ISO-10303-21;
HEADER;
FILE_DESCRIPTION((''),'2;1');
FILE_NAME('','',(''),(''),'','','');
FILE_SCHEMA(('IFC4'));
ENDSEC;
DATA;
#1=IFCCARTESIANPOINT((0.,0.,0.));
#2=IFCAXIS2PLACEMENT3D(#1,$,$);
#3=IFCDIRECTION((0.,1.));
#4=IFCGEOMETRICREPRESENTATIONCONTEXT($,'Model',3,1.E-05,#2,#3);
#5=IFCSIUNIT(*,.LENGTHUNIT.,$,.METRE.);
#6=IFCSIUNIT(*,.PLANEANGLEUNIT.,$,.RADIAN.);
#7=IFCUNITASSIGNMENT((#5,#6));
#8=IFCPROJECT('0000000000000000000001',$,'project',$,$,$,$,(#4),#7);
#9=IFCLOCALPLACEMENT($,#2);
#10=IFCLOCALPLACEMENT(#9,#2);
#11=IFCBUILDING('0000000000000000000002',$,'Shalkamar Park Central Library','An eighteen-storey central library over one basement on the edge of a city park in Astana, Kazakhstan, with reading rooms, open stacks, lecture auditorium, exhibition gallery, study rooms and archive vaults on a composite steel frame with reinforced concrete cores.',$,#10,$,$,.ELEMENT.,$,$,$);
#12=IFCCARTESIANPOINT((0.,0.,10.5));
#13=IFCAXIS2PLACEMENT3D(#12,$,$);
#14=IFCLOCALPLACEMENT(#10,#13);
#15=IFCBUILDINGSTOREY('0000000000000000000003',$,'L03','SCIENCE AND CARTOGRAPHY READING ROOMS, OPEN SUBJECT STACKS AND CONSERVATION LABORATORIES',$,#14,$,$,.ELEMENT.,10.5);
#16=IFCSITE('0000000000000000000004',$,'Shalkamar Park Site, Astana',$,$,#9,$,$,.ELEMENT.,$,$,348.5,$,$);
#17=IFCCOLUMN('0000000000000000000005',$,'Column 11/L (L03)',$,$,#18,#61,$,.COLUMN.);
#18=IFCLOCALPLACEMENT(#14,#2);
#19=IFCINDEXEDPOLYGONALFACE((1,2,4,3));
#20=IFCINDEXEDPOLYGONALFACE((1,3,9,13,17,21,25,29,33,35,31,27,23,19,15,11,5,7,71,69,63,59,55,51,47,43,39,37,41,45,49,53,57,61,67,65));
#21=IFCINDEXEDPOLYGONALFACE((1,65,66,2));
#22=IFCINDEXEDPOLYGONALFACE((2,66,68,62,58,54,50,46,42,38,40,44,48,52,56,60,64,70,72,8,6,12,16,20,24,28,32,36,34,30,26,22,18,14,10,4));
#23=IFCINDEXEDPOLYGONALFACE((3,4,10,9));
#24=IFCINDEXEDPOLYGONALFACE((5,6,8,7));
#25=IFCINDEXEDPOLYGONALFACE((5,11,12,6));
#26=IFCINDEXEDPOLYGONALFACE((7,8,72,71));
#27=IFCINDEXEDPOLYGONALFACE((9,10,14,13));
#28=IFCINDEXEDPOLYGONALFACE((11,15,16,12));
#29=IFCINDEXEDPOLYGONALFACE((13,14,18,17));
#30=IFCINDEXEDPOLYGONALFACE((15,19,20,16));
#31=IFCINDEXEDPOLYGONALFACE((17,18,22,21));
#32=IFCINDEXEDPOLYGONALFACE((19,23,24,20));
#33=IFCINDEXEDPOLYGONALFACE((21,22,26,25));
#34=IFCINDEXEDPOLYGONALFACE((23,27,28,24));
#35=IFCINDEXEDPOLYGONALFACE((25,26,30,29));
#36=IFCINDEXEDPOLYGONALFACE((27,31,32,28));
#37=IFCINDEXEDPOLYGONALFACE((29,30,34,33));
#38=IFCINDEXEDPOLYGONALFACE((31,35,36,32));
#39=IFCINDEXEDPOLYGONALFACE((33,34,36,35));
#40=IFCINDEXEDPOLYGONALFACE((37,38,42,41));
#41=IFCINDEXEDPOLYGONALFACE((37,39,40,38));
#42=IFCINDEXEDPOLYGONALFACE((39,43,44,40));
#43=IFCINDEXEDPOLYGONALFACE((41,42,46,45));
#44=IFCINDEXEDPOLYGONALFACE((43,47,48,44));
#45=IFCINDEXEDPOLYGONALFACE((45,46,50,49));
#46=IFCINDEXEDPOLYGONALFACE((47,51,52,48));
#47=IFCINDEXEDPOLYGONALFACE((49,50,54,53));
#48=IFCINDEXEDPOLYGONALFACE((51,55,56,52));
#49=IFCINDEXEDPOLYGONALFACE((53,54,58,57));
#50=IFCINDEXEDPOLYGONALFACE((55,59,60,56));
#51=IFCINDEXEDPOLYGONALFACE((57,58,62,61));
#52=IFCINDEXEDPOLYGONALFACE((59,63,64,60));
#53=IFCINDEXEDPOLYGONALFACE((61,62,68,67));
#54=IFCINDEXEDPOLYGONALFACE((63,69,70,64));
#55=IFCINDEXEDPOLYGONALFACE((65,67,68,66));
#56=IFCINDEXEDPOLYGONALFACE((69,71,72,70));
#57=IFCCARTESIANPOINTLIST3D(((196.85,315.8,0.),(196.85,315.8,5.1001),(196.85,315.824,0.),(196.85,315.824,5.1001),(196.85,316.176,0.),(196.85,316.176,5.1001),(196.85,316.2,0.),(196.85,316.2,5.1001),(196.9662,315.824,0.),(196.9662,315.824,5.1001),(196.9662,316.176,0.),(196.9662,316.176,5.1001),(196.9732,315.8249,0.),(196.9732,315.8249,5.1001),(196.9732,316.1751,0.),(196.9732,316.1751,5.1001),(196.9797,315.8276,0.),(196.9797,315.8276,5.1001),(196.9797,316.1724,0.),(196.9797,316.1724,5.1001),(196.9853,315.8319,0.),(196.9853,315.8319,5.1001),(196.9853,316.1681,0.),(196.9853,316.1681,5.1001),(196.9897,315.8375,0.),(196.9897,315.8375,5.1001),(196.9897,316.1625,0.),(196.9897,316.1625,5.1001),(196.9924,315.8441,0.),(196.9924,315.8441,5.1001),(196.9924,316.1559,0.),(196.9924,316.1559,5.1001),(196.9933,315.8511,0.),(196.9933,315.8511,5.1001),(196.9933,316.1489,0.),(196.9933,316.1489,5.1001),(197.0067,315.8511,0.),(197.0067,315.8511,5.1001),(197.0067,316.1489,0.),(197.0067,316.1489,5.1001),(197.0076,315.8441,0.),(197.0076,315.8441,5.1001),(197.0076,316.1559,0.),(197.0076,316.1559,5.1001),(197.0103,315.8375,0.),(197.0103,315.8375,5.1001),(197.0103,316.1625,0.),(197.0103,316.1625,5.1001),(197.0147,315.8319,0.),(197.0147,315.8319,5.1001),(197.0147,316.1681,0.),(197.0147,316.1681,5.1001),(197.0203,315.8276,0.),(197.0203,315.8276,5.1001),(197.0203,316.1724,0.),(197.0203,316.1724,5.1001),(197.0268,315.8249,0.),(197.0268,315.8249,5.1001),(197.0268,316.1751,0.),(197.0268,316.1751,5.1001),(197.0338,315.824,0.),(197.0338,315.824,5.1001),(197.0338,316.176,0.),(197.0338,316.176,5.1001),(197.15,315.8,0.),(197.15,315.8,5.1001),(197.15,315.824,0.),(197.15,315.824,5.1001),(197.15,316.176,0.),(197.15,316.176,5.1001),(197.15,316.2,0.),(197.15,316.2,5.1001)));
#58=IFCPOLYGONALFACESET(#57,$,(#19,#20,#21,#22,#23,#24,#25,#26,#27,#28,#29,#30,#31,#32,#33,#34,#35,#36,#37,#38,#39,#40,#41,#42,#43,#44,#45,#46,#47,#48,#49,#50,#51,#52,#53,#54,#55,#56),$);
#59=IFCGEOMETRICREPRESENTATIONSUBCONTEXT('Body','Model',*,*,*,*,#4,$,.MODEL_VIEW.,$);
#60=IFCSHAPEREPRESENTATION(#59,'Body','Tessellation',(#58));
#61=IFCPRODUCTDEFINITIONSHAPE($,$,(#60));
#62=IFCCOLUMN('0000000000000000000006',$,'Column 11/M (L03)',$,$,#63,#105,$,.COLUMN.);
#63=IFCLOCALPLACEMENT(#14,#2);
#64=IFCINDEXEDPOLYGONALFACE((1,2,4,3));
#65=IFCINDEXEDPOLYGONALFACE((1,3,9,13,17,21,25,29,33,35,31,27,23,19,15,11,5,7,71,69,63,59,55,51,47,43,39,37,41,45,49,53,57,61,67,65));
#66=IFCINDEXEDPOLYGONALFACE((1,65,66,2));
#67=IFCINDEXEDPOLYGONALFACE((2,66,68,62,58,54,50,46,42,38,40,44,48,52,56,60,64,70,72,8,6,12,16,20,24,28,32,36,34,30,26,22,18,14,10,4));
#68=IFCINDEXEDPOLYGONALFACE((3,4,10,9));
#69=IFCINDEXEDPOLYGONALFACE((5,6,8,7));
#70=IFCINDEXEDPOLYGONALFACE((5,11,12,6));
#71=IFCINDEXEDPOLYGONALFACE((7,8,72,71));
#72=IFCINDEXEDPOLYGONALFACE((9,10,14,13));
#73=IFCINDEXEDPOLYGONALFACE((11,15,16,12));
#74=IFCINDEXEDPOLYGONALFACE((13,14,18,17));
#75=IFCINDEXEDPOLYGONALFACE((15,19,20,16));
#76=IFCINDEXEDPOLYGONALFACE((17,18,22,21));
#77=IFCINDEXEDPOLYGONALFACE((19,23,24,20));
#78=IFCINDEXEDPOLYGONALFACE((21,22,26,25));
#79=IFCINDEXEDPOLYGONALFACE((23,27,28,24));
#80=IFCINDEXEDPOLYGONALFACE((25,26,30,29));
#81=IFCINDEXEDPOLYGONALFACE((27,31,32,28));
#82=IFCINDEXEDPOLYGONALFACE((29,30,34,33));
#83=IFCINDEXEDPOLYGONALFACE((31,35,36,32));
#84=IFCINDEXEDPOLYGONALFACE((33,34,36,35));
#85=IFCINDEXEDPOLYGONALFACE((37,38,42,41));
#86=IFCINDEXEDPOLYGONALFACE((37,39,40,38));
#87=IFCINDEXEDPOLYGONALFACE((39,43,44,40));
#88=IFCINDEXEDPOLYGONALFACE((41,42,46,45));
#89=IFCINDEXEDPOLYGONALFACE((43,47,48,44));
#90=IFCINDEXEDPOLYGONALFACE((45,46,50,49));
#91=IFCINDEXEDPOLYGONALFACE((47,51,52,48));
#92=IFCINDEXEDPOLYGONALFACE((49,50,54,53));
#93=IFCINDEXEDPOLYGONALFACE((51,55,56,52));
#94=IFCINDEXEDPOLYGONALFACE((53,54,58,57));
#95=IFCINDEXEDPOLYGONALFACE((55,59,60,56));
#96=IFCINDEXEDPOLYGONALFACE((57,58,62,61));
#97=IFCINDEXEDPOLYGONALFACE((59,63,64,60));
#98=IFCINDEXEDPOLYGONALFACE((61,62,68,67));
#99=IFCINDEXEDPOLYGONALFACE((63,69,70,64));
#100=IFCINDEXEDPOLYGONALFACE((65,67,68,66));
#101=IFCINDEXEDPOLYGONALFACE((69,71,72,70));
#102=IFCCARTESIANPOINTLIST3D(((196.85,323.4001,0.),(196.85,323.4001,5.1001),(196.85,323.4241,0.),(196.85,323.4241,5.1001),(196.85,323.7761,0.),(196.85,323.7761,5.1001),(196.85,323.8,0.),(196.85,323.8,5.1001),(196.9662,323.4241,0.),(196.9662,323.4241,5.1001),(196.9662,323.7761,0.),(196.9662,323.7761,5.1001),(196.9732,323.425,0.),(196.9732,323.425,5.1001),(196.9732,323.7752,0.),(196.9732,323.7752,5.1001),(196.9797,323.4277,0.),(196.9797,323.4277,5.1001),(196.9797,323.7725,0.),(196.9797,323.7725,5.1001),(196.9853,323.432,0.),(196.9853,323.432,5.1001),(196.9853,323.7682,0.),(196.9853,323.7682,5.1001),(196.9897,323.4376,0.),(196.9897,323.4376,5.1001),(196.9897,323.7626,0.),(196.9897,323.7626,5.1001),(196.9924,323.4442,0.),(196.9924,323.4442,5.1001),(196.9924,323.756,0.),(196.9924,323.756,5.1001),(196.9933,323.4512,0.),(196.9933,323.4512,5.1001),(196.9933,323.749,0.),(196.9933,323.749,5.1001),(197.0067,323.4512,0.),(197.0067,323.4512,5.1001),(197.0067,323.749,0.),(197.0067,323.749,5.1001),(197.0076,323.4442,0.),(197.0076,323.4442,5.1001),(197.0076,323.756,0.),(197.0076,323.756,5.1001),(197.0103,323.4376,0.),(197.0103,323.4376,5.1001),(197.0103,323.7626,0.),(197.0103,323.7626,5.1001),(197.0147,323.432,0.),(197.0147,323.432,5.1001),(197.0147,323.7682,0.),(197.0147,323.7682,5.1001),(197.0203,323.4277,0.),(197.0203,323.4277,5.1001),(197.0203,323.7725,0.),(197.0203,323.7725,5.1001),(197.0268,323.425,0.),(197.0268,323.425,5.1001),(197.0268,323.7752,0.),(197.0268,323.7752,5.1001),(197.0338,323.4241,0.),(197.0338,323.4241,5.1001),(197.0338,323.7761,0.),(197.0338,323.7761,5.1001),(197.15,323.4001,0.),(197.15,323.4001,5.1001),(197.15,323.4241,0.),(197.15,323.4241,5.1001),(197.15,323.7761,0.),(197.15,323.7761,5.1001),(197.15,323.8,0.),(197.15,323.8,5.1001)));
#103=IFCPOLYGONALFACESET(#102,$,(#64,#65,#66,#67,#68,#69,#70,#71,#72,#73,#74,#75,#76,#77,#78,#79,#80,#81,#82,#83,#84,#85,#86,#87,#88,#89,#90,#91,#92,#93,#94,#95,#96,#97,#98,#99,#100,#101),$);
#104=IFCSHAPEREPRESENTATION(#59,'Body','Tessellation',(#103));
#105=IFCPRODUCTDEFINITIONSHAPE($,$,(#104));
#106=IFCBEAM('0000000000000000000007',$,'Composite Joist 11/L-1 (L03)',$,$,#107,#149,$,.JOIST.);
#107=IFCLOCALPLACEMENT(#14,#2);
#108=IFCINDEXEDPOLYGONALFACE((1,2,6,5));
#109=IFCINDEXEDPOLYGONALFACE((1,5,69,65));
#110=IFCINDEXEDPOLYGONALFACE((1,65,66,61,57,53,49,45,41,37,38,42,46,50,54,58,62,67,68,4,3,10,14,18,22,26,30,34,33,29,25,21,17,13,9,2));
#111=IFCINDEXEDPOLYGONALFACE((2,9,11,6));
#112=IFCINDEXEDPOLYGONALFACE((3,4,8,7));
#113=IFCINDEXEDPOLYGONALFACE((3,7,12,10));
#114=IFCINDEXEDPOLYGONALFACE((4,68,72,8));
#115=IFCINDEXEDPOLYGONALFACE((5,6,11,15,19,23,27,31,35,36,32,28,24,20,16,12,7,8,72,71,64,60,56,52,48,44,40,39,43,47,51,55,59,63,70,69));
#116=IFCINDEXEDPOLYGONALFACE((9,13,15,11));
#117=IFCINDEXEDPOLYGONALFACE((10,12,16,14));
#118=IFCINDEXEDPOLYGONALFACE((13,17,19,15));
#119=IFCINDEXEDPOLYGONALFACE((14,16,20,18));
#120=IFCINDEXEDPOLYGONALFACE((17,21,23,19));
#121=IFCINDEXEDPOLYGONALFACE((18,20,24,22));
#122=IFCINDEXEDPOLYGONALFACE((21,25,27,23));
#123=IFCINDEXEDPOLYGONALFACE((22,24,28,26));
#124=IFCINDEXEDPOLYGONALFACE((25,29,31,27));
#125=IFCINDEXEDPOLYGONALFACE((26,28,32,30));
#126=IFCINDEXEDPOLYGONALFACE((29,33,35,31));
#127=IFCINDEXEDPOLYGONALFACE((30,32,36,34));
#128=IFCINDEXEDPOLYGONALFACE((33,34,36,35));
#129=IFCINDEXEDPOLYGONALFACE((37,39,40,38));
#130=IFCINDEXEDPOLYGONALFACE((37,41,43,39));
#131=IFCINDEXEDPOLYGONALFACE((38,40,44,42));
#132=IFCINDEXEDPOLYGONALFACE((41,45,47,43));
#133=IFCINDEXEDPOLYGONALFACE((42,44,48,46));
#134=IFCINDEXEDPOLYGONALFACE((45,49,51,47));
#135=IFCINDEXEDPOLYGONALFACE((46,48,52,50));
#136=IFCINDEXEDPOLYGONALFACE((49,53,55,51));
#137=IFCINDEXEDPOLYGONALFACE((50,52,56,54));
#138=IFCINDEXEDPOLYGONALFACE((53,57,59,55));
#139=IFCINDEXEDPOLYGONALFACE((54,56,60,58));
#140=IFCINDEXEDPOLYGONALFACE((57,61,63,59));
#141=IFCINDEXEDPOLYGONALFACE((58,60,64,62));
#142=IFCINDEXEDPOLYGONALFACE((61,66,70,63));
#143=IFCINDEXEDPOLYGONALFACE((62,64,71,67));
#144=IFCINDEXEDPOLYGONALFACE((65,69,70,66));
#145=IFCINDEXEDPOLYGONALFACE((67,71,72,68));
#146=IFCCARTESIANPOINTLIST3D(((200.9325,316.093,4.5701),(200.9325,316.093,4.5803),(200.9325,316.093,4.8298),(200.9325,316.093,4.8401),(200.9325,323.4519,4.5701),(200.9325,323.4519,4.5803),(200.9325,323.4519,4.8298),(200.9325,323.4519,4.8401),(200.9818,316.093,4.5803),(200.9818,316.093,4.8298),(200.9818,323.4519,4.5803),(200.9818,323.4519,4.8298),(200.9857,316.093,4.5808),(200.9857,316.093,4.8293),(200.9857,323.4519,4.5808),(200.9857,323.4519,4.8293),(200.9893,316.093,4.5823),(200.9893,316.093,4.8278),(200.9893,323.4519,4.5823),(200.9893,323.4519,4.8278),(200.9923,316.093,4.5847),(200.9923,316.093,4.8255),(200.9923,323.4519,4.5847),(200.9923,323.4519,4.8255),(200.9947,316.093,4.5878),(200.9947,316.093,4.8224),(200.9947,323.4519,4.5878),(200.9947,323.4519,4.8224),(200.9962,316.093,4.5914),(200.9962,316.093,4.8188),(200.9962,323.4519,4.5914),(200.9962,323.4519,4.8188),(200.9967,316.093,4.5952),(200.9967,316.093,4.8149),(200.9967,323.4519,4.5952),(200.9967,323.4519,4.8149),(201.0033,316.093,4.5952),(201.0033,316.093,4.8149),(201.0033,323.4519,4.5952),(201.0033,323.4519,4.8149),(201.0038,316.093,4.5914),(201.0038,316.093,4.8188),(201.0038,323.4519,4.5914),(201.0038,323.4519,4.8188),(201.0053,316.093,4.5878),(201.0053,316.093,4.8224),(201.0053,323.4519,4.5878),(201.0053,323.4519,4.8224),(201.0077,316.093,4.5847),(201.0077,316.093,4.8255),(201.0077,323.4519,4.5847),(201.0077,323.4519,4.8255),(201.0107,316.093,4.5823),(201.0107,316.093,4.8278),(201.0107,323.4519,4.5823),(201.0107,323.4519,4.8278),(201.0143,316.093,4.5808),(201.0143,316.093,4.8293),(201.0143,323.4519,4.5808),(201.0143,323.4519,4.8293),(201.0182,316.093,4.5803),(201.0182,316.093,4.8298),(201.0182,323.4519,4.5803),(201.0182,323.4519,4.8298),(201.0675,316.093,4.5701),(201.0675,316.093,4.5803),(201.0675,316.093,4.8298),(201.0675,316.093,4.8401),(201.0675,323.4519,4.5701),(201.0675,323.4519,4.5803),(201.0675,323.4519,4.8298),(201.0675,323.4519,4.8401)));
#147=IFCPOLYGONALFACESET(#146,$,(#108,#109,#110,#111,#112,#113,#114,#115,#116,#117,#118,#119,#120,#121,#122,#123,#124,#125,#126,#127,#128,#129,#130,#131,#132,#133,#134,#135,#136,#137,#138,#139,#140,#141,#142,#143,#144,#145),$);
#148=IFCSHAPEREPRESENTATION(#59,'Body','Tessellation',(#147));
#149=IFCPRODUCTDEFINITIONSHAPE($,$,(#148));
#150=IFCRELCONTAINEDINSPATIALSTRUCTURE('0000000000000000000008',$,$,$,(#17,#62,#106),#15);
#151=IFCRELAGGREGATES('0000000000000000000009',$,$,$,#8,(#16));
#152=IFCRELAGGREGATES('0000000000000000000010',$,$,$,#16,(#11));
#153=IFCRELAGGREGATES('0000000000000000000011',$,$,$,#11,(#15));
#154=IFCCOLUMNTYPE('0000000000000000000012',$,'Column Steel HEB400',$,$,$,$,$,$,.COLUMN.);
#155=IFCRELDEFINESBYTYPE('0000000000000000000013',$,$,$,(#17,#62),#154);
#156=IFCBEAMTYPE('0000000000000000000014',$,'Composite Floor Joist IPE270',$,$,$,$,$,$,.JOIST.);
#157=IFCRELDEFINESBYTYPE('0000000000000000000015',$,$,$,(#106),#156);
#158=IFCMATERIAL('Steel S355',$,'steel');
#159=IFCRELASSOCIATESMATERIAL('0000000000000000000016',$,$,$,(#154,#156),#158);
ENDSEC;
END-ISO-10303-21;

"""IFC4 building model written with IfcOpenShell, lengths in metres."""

from ifc_helpers import new_model, si_unit, direction, frame, origin, origin_2d, place, context, subcontext, project, spatial, i_section, extrude, material, material_profile, profile_set, type_object, element, save


model = new_model("IFC4")

# Units and contexts
model_context = context("Model", 3, precision=1e-05, world=origin(), true_north=direction((0.0, 1.0)))
body_context = subcontext(model_context, "Body", "Model", "MODEL_VIEW")
ifc_project = project(units=[si_unit("LENGTHUNIT", "METRE"), si_unit("PLANEANGLEUNIT", "RADIAN")], contexts=[model_context])

# Site, building, storey
site_placement = place(None, origin())
site = spatial("IfcSite", under=ifc_project, at=site_placement, Name="Shalkamar Park Site, Astana", CompositionType="ELEMENT", RefElevation=348.5)
building_placement = place(site_placement, origin())
building = spatial("IfcBuilding", under=site, at=building_placement, Name="Shalkamar Park Central Library", Description="An eighteen-storey central library over one basement on the edge of a city park in Astana, Kazakhstan, with reading rooms, open stacks, lecture auditorium, exhibition gallery, study rooms and archive vaults on a composite steel frame with reinforced concrete cores.", CompositionType="ELEMENT")
storey_placement = place(building_placement, frame((0.0, 0.0, 10.5)))
storey = spatial("IfcBuildingStorey", under=building, at=storey_placement, Name="L03", Description="SCIENCE AND CARTOGRAPHY READING ROOMS, OPEN SUBJECT STACKS AND CONSERVATION LABORATORIES", CompositionType="ELEMENT", Elevation=10.5)

# Columns
ifc_material_1 = material(Name="Steel S355", Category="steel")
ifc_material_profile_1 = material_profile(ifc_material_1, i_section(OverallWidth=0.3, OverallDepth=0.3999, WebThickness=0.0134, FlangeThickness=0.0239, FilletRadius=0.0271, at=origin_2d()), Name="HEB 400")
ifc_profile_set_1 = profile_set([ifc_material_profile_1], Name="Steel S355")
column_type = type_object("IfcColumnType", Name="Column Steel HEB400", PredefinedType="COLUMN", material=ifc_profile_set_1)
for number, where, z_axis, x_axis, name in (
    (1, (197.0, 316.0, 0.0), (0.0, 0.0, 1.0), (1.0, 0.0, 0.0), "Column 11/L (L03)"),
    (2, (197.0, 323.6001, 0.0), (0.0, 0.0, 1.0), (1.0, 0.0, 0.0), "Column 11/M (L03)"),
):
    element("IfcColumn", number, at=place(storey_placement, frame(where, z_axis=z_axis, x_axis=x_axis)), inside=storey, type_object=column_type, Name=name, PredefinedType="COLUMN", context=body_context, shape_type="SweptSolid", body=[
        extrude(i_section(OverallWidth=0.3, OverallDepth=0.3999, WebThickness=0.0134, FlangeThickness=0.0239, FilletRadius=0.0271, at=origin_2d()), origin(), (0.0, 0.0, 1.0), 5.1001),
    ])

# Beam
ifc_material_profile_2 = material_profile(ifc_material_1, i_section(OverallWidth=0.135, OverallDepth=0.27, WebThickness=0.0066, FlangeThickness=0.0103, FilletRadius=0.0149, at=origin_2d()), Name="IPE 270")
ifc_profile_set_2 = profile_set([ifc_material_profile_2], Name="Steel S355")
beam_type_1 = type_object("IfcBeamType", Name="Composite Floor Joist IPE270", PredefinedType="JOIST", material=ifc_profile_set_2)
beam_1_placement = place(storey_placement, frame((201.0, 316.093, 4.7051), z_axis=(0.0, 1.0, 0.0), x_axis=(-1.0, 0.0, 0.0)))
element("IfcBeam", 3, at=beam_1_placement, inside=storey, type_object=beam_type_1, Name="Composite Joist 11/L-1 (L03)", PredefinedType="JOIST", context=body_context, shape_type="SweptSolid", body=[
    extrude(i_section(OverallWidth=0.135, OverallDepth=0.27, WebThickness=0.0066, FlangeThickness=0.0103, FilletRadius=0.0149, at=origin_2d()), origin(), (0.0, 0.0, 1.0), 7.3589),
])

save(model, "model.ifc")
